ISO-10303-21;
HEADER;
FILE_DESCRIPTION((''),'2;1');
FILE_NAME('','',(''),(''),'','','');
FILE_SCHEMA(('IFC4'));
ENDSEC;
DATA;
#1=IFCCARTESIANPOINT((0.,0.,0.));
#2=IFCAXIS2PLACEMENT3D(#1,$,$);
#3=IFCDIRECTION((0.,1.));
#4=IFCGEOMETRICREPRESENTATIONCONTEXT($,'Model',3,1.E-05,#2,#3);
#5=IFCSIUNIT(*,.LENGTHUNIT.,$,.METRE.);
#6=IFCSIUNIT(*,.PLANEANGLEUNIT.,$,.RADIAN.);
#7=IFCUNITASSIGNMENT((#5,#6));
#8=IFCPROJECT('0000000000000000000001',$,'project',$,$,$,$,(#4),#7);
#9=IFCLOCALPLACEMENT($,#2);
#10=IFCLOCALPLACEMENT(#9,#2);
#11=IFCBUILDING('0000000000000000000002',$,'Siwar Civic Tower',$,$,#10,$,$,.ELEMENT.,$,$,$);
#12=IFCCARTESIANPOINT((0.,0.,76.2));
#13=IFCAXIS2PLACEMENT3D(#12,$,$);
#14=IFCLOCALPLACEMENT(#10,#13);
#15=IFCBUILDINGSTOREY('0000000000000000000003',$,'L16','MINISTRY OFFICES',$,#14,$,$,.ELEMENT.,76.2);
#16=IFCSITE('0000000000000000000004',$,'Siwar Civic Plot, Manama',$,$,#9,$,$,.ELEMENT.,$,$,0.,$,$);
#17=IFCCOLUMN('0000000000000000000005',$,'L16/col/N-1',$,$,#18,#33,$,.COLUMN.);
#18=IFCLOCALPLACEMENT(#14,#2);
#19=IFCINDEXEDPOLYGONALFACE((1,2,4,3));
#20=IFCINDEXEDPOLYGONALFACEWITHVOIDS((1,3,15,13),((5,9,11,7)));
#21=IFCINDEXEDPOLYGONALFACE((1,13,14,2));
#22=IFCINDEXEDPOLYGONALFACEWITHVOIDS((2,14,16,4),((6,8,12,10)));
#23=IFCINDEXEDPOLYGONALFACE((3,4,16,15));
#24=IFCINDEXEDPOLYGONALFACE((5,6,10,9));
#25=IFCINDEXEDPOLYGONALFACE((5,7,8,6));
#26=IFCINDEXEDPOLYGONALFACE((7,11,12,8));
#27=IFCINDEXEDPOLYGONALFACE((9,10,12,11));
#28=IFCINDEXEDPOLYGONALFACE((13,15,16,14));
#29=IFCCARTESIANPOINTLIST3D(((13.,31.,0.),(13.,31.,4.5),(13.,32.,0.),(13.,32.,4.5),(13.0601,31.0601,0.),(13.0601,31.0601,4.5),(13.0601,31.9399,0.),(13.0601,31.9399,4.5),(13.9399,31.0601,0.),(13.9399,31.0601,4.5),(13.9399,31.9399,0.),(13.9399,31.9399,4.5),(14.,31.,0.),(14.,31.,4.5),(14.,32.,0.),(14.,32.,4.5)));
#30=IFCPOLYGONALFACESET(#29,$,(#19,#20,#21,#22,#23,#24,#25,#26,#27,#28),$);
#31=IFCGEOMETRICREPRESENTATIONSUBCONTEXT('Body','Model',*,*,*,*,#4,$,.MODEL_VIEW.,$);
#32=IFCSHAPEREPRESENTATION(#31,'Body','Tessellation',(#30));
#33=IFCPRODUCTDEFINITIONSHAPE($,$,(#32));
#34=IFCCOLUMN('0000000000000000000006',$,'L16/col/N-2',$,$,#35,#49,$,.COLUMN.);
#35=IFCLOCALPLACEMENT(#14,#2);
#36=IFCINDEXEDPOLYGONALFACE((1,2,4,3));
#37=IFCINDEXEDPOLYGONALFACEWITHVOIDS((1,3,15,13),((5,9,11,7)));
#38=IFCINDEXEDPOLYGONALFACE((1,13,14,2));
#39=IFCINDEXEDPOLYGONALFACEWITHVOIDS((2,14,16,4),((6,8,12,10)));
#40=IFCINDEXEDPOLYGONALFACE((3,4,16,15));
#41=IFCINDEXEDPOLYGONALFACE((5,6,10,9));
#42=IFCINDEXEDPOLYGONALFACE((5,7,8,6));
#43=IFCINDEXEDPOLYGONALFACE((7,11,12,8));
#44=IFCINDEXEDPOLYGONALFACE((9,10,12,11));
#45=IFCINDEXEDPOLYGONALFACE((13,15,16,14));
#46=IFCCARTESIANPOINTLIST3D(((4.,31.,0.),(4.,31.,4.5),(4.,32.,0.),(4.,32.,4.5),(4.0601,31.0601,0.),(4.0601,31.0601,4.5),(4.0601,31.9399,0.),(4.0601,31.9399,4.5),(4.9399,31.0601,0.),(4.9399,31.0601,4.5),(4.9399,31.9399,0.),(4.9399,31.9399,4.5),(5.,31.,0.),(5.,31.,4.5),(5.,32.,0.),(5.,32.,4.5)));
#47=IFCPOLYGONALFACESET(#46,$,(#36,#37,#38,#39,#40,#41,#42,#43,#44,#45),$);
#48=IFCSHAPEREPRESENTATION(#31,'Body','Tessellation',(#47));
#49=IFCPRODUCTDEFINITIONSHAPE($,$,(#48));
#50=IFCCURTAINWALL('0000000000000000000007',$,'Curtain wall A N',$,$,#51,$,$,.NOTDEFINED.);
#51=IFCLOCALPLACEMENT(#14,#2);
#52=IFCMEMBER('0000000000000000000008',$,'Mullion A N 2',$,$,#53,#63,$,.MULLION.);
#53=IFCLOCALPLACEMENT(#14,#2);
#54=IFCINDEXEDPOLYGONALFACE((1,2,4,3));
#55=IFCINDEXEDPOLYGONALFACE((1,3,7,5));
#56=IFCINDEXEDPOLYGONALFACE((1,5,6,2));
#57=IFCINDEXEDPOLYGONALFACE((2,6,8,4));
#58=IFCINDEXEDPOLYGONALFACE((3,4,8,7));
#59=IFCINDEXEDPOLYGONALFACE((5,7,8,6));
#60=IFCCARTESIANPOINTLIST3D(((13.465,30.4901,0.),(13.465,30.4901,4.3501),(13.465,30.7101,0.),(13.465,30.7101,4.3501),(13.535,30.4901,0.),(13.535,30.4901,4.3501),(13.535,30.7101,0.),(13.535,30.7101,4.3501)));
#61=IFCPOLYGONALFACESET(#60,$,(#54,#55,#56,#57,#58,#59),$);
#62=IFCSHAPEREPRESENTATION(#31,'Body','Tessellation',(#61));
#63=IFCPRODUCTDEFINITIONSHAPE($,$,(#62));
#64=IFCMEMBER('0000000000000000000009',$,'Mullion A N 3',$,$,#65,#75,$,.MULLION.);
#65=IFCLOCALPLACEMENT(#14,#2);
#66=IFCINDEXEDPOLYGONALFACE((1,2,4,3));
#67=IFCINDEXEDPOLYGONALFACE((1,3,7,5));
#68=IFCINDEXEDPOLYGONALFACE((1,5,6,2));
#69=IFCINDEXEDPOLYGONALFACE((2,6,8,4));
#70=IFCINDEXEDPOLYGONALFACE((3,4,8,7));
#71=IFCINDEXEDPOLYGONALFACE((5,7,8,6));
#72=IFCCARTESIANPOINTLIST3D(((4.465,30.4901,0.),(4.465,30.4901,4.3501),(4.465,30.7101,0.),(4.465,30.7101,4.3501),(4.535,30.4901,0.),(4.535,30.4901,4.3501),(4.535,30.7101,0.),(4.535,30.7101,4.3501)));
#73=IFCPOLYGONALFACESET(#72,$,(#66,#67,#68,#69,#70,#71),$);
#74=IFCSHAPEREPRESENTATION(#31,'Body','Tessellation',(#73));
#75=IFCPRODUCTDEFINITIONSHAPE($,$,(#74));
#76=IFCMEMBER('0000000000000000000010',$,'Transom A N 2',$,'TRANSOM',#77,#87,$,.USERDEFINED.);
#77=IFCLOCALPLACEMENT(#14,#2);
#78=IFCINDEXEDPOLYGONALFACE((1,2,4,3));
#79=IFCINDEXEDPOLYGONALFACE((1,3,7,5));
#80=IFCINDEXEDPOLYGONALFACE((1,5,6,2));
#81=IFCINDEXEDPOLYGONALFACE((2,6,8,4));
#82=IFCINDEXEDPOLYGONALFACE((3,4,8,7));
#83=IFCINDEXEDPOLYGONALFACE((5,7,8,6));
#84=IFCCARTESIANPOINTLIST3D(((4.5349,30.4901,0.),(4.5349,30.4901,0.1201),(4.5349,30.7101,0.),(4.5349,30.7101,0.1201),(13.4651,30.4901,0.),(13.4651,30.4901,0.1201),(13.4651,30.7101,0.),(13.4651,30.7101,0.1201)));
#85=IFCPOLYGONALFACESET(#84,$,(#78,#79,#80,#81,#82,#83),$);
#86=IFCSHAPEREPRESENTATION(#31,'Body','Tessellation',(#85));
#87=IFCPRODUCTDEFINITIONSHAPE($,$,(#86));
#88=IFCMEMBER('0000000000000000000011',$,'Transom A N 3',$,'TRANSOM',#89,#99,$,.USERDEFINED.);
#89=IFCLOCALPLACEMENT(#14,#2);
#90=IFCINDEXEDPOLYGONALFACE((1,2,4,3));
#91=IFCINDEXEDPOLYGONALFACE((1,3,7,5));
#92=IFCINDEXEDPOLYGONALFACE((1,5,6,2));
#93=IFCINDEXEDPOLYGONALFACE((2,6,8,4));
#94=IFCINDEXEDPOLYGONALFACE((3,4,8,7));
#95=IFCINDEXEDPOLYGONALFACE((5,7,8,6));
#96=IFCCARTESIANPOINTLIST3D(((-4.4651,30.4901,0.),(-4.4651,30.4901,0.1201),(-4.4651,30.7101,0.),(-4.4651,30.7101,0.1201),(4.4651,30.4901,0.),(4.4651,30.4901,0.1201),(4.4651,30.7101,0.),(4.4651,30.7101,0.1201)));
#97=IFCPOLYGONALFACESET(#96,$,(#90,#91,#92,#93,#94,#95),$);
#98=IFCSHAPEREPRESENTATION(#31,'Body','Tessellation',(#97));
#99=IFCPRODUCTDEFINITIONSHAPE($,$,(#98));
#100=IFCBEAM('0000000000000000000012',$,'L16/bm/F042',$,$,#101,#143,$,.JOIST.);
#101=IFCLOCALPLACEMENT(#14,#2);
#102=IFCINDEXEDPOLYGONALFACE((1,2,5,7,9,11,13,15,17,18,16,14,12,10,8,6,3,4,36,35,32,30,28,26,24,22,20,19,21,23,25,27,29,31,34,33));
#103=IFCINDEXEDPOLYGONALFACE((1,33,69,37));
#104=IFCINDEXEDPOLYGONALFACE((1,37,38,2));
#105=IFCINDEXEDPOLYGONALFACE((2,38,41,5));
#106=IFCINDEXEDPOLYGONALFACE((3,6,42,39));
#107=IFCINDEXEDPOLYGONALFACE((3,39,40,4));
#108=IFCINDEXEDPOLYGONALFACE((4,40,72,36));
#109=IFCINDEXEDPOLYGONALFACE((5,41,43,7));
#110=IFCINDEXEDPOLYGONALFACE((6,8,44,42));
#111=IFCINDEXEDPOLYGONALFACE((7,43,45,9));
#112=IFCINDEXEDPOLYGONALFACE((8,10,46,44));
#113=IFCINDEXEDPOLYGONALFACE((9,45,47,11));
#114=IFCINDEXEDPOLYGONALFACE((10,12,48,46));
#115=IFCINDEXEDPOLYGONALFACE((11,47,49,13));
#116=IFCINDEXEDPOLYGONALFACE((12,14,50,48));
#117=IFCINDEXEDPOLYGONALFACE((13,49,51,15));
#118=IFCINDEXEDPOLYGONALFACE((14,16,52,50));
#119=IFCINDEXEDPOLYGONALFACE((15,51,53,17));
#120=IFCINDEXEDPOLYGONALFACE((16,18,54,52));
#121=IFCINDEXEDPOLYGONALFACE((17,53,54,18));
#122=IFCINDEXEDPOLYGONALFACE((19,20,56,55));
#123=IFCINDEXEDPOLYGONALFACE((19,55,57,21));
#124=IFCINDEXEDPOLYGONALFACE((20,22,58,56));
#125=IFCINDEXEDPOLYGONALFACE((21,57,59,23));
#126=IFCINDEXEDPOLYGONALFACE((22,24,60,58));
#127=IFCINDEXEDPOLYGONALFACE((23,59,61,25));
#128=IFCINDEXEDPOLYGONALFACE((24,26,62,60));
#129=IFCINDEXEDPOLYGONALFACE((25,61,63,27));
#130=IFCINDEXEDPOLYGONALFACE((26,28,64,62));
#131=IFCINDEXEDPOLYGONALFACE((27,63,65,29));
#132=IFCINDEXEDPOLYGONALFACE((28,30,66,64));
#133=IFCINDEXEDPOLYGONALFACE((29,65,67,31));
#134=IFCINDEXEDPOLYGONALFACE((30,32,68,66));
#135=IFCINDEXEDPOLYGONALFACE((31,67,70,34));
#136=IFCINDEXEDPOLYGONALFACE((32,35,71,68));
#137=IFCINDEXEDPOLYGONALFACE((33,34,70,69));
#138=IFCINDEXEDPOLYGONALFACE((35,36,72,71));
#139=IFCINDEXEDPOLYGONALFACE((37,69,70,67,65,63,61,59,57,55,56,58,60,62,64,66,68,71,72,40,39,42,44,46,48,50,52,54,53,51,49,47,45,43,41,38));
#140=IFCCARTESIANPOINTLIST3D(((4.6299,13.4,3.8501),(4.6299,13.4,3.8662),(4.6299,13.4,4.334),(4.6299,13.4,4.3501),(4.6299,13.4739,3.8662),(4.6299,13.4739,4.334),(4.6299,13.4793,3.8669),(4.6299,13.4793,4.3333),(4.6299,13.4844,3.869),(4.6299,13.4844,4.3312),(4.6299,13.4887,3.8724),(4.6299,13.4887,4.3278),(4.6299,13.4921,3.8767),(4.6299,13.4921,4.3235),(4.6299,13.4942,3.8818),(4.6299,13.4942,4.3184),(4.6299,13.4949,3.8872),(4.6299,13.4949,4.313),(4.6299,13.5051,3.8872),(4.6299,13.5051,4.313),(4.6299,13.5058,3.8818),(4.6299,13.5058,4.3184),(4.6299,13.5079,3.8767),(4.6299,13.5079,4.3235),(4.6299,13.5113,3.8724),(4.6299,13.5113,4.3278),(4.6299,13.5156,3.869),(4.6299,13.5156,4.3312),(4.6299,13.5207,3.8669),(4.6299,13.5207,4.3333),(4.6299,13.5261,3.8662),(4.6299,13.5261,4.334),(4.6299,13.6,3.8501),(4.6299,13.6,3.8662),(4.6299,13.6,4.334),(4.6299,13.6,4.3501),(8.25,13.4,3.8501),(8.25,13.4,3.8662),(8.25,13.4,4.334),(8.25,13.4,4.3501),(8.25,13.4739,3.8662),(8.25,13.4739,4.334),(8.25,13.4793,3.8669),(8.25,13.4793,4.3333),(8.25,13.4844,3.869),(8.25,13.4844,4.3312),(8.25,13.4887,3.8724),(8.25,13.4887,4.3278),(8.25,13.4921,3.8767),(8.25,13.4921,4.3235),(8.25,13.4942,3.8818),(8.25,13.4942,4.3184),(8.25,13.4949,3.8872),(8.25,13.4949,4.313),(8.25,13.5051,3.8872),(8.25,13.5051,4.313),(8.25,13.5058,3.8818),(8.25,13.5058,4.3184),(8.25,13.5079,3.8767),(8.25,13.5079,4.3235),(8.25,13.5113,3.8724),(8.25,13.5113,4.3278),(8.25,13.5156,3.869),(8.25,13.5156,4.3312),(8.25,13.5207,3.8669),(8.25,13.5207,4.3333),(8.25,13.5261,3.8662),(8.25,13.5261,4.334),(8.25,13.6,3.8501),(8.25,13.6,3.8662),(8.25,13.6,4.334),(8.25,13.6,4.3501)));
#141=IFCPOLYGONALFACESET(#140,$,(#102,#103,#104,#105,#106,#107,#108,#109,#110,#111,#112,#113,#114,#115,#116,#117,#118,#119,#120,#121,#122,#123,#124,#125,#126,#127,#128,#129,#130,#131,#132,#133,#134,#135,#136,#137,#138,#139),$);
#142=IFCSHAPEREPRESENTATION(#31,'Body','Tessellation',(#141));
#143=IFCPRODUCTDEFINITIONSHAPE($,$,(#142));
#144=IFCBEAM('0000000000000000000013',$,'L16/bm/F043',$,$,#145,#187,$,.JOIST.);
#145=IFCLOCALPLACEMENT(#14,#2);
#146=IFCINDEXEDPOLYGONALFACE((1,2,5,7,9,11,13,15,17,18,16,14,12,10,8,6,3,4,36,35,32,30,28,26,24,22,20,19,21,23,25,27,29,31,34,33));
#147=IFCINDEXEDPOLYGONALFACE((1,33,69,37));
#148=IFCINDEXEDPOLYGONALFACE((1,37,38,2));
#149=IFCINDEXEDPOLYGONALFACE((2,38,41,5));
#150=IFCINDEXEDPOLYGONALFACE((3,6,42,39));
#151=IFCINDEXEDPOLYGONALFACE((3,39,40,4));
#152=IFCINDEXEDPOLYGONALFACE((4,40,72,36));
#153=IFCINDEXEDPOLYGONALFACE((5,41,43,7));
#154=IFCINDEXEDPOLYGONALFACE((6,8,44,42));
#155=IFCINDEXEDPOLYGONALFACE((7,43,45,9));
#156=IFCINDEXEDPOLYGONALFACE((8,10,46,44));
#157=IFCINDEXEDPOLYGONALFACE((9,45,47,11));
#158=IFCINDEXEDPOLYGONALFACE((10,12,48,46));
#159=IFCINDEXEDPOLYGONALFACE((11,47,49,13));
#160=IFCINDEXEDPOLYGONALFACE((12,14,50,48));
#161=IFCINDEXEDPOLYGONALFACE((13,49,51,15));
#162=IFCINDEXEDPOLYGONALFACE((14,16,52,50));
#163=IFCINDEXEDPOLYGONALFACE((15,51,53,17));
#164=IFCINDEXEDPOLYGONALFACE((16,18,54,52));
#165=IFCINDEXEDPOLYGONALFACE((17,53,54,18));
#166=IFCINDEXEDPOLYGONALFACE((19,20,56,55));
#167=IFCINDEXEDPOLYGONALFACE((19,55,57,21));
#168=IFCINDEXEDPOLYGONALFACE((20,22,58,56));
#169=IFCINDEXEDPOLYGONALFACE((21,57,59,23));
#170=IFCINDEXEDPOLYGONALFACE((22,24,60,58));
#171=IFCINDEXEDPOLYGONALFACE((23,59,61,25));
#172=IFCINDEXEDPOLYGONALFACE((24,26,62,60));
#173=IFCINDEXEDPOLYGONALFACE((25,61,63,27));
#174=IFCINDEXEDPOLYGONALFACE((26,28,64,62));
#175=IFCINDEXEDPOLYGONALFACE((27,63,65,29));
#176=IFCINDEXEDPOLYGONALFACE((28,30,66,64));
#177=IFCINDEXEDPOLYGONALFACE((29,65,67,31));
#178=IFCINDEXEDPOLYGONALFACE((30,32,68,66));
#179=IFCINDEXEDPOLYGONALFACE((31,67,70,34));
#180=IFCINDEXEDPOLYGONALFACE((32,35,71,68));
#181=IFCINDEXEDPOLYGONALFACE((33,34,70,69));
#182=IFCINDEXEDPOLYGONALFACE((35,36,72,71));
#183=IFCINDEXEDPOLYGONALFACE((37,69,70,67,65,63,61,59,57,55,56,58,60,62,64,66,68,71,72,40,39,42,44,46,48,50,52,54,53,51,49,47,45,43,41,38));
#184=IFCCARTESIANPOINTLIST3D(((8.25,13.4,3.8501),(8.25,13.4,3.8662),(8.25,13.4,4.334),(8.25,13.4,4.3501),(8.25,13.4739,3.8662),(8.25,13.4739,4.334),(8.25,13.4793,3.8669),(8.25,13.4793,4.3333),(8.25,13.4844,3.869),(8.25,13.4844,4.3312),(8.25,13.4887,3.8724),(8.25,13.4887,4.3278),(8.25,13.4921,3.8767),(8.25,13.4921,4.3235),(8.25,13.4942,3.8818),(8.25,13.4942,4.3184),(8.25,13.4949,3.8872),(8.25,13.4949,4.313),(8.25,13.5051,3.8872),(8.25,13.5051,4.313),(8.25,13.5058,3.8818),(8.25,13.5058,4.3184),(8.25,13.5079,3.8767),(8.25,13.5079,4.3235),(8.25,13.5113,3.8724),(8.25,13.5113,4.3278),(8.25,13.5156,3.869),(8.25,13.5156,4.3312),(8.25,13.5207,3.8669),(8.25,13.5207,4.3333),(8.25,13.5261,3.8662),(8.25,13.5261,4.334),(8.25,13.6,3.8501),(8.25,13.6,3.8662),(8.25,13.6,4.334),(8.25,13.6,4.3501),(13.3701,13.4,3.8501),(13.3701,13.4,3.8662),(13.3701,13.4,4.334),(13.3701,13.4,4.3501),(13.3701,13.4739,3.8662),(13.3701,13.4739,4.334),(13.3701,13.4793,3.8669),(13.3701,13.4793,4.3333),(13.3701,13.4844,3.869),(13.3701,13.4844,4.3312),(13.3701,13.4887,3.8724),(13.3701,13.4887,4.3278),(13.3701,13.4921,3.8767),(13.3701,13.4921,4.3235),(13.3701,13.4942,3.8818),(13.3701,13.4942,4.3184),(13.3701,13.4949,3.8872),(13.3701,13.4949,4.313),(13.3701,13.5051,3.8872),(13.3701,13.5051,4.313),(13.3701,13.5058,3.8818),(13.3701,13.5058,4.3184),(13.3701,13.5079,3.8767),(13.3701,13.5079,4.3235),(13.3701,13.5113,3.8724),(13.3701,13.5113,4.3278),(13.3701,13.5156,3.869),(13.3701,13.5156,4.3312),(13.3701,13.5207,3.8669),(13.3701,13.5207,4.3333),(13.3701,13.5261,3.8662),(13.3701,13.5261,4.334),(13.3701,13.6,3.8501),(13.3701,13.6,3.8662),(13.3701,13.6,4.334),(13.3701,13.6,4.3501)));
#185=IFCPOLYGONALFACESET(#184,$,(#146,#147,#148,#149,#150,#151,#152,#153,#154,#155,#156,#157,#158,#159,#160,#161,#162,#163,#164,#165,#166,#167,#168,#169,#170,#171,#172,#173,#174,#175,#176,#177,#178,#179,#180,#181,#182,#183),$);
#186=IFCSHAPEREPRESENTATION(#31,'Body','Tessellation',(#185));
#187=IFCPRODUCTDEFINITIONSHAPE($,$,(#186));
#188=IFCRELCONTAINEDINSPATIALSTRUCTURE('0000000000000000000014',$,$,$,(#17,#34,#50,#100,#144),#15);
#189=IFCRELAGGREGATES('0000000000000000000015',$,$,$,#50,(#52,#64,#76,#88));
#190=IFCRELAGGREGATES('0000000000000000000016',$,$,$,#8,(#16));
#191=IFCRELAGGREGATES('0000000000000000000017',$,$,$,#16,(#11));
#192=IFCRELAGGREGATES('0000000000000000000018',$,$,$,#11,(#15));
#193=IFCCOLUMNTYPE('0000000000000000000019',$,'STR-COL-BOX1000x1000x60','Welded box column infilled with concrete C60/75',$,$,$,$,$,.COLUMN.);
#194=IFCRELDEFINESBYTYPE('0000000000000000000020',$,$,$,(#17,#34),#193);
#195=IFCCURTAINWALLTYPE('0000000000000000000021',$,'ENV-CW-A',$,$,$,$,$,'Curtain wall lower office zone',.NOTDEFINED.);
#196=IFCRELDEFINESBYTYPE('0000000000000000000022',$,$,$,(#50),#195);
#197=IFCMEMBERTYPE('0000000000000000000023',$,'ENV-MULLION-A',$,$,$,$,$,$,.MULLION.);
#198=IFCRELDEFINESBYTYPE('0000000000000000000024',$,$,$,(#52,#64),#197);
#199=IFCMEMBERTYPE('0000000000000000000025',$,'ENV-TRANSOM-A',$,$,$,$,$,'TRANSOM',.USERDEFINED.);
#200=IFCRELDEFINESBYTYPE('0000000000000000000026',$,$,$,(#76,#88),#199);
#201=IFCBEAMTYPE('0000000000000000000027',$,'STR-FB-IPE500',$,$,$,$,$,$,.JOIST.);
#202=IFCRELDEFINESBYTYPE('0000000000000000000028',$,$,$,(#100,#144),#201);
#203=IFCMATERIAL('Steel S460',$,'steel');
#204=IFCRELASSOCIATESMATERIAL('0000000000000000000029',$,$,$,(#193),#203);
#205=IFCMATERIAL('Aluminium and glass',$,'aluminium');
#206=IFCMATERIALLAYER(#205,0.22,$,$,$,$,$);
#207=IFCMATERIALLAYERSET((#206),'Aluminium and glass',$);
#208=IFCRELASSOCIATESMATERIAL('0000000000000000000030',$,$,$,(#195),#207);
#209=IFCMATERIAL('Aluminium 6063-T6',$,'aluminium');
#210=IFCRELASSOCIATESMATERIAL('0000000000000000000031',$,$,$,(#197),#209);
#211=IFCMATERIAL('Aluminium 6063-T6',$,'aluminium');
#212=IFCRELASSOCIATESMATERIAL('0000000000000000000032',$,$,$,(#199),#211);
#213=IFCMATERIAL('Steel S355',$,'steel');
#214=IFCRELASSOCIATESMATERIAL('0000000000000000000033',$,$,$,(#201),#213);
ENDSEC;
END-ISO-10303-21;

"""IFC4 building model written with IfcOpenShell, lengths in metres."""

from ifc_helpers import new_model, si_unit, direction, frame, origin, origin_2d, place, context, subcontext, project, spatial, rectangle, hollow_rectangle, i_section, extrude, material, layer, layer_set, material_profile, profile_set, type_object, element, aggregate, save


model = new_model("IFC4")

# Units and contexts
model_context = context("Model", 3, precision=1e-05, world=origin(), true_north=direction((0.0, 1.0)))
body_context = subcontext(model_context, "Body", "Model", "MODEL_VIEW")
ifc_project = project(units=[si_unit("LENGTHUNIT", "METRE"), si_unit("PLANEANGLEUNIT", "RADIAN")], contexts=[model_context])

# Site, building, storey
site_placement = place(None, origin())
site = spatial("IfcSite", under=ifc_project, at=site_placement, Name="Siwar Civic Plot, Manama", CompositionType="ELEMENT", RefElevation=0.0)
building_placement = place(site_placement, origin())
building = spatial("IfcBuilding", under=site, at=building_placement, Name="Siwar Civic Tower", CompositionType="ELEMENT")
storey_placement = place(building_placement, frame((0.0, 0.0, 76.2)))
storey = spatial("IfcBuildingStorey", under=building, at=storey_placement, Name="L16", Description="MINISTRY OFFICES", CompositionType="ELEMENT", Elevation=76.2)

# Columns
ifc_material_1 = material(Name="Steel S460", Category="steel")
ifc_material_profile_1 = material_profile(ifc_material_1, hollow_rectangle(XDim=1.0, YDim=1.0, WallThickness=0.0601, at=origin_2d()), Name="BOX1000x1000x60")
ifc_profile_set_1 = profile_set([ifc_material_profile_1], Name="Steel S460")
column_type = type_object("IfcColumnType", Name="STR-COL-BOX1000x1000x60", Description="Welded box column infilled with concrete C60/75", PredefinedType="COLUMN", material=ifc_profile_set_1)
for number, where, z_axis, x_axis, name in (
    (1, (13.5, 31.5, 0.0), (0.0, 0.0, 1.0), (1.0, 0.0, 0.0), "L16/col/N-1"),
    (2, (4.5, 31.5, 0.0), (0.0, 0.0, 1.0), (1.0, 0.0, 0.0), "L16/col/N-2"),
):
    element("IfcColumn", number, at=place(storey_placement, frame(where, z_axis=z_axis, x_axis=x_axis)), inside=storey, type_object=column_type, Name=name, PredefinedType="COLUMN", context=body_context, shape_type="SweptSolid", body=[
        extrude(hollow_rectangle(XDim=1.0, YDim=1.0, WallThickness=0.0601, at=origin_2d()), origin(), (0.0, 0.0, 1.0), 4.5),
    ])

# Curtain wall, members
ifc_material_2 = material(Name="Aluminium and glass", Category="aluminium")
ifc_layer_1 = layer(ifc_material_2, 0.22)
ifc_layer_set_1 = layer_set([ifc_layer_1], Name="Aluminium and glass")
curtain_wall_type = type_object("IfcCurtainWallType", Name="ENV-CW-A", ElementType="Curtain wall lower office zone", PredefinedType="NOTDEFINED", material=ifc_layer_set_1)
curtain_wall_placement = place(storey_placement, origin())
curtain_wall = element("IfcCurtainWall", 3, at=curtain_wall_placement, inside=storey, type_object=curtain_wall_type, Name="Curtain wall A N", PredefinedType="NOTDEFINED")
ifc_material_3 = material(Name="Aluminium 6063-T6", Category="aluminium")
ifc_material_profile_2 = material_profile(ifc_material_3, rectangle(XDim=0.22, YDim=0.0701, at=origin_2d()), Name="AL 220x70")
ifc_profile_set_2 = profile_set([ifc_material_profile_2], Name="Aluminium 6063-T6")
member_type_1 = type_object("IfcMemberType", Name="ENV-MULLION-A", PredefinedType="MULLION", material=ifc_profile_set_2)
member_1_placement = place(storey_placement, frame((13.5, 30.6001, 0.0), z_axis=(0.0, 0.0, 1.0), x_axis=(0.0, -1.0, 0.0)))
member_1 = element("IfcMember", 4, at=member_1_placement, type_object=member_type_1, Name="Mullion A N 2", PredefinedType="MULLION", context=body_context, shape_type="SweptSolid", body=[
    extrude(rectangle(XDim=0.22, YDim=0.0701, at=origin_2d()), origin(), (0.0, 0.0, 1.0), 4.3501),
])
member_2_placement = place(storey_placement, frame((4.5, 30.6001, 0.0), z_axis=(0.0, 0.0, 1.0), x_axis=(0.0, -1.0, 0.0)))
member_2 = element("IfcMember", 5, at=member_2_placement, type_object=member_type_1, Name="Mullion A N 3", PredefinedType="MULLION", context=body_context, shape_type="SweptSolid", body=[
    extrude(rectangle(XDim=0.22, YDim=0.0701, at=origin_2d()), origin(), (0.0, 0.0, 1.0), 4.3501),
])
ifc_material_4 = material(Name="Aluminium 6063-T6", Category="aluminium")
ifc_material_profile_3 = material_profile(ifc_material_4, rectangle(XDim=0.22, YDim=0.1201, at=origin_2d()), Name="AL 220x120")
ifc_profile_set_3 = profile_set([ifc_material_profile_3], Name="Aluminium 6063-T6")
member_type_2 = type_object("IfcMemberType", Name="ENV-TRANSOM-A", ElementType="TRANSOM", PredefinedType="USERDEFINED", material=ifc_profile_set_3)
member_3_placement = place(storey_placement, frame((13.4651, 30.6001, 0.0601), z_axis=(-1.0, 0.0, 0.0), x_axis=(0.0, -1.0, 0.0)))
member_3 = element("IfcMember", 6, at=member_3_placement, type_object=member_type_2, Name="Transom A N 2", ObjectType="TRANSOM", PredefinedType="USERDEFINED", context=body_context, shape_type="SweptSolid", body=[
    extrude(rectangle(XDim=0.22, YDim=0.1201, at=origin_2d()), origin(), (0.0, 0.0, 1.0), 8.9302),
])
member_4_placement = place(storey_placement, frame((4.4651, 30.6001, 0.0601), z_axis=(-1.0, 0.0, 0.0), x_axis=(0.0, -1.0, 0.0)))
member_4 = element("IfcMember", 7, at=member_4_placement, type_object=member_type_2, Name="Transom A N 3", ObjectType="TRANSOM", PredefinedType="USERDEFINED", context=body_context, shape_type="SweptSolid", body=[
    extrude(rectangle(XDim=0.22, YDim=0.1201, at=origin_2d()), origin(), (0.0, 0.0, 1.0), 8.9302),
])

# Beams
ifc_material_5 = material(Name="Steel S355", Category="steel")
ifc_material_profile_4 = material_profile(ifc_material_5, i_section(OverallWidth=0.2, OverallDepth=0.5, WebThickness=0.0103, FlangeThickness=0.0161, FilletRadius=0.021, at=origin_2d()), Name="IPE500")
ifc_profile_set_4 = profile_set([ifc_material_profile_4], Name="Steel S355")
beam_type_1 = type_object("IfcBeamType", Name="STR-FB-IPE500", PredefinedType="JOIST", material=ifc_profile_set_4)
beam_1_placement = place(storey_placement, frame((4.6299, 13.5, 4.1001), z_axis=(1.0, 0.0, 0.0), x_axis=(0.0, 1.0, 0.0)))
element("IfcBeam", 8, at=beam_1_placement, inside=storey, type_object=beam_type_1, Name="L16/bm/F042", PredefinedType="JOIST", context=body_context, shape_type="SweptSolid", body=[
    extrude(i_section(OverallWidth=0.2, OverallDepth=0.5, WebThickness=0.0103, FlangeThickness=0.0161, FilletRadius=0.021, at=origin_2d()), origin(), (0.0, 0.0, 1.0), 3.6201),
])
beam_2_placement = place(storey_placement, frame((8.25, 13.5, 4.1001), z_axis=(1.0, 0.0, 0.0), x_axis=(0.0, 1.0, 0.0)))
element("IfcBeam", 9, at=beam_2_placement, inside=storey, type_object=beam_type_1, Name="L16/bm/F043", PredefinedType="JOIST", context=body_context, shape_type="SweptSolid", body=[
    extrude(i_section(OverallWidth=0.2, OverallDepth=0.5, WebThickness=0.0103, FlangeThickness=0.0161, FilletRadius=0.021, at=origin_2d()), origin(), (0.0, 0.0, 1.0), 5.1201),
])

aggregate(curtain_wall, [member_1, member_2, member_3, member_4])

save(model, "model.ifc")
